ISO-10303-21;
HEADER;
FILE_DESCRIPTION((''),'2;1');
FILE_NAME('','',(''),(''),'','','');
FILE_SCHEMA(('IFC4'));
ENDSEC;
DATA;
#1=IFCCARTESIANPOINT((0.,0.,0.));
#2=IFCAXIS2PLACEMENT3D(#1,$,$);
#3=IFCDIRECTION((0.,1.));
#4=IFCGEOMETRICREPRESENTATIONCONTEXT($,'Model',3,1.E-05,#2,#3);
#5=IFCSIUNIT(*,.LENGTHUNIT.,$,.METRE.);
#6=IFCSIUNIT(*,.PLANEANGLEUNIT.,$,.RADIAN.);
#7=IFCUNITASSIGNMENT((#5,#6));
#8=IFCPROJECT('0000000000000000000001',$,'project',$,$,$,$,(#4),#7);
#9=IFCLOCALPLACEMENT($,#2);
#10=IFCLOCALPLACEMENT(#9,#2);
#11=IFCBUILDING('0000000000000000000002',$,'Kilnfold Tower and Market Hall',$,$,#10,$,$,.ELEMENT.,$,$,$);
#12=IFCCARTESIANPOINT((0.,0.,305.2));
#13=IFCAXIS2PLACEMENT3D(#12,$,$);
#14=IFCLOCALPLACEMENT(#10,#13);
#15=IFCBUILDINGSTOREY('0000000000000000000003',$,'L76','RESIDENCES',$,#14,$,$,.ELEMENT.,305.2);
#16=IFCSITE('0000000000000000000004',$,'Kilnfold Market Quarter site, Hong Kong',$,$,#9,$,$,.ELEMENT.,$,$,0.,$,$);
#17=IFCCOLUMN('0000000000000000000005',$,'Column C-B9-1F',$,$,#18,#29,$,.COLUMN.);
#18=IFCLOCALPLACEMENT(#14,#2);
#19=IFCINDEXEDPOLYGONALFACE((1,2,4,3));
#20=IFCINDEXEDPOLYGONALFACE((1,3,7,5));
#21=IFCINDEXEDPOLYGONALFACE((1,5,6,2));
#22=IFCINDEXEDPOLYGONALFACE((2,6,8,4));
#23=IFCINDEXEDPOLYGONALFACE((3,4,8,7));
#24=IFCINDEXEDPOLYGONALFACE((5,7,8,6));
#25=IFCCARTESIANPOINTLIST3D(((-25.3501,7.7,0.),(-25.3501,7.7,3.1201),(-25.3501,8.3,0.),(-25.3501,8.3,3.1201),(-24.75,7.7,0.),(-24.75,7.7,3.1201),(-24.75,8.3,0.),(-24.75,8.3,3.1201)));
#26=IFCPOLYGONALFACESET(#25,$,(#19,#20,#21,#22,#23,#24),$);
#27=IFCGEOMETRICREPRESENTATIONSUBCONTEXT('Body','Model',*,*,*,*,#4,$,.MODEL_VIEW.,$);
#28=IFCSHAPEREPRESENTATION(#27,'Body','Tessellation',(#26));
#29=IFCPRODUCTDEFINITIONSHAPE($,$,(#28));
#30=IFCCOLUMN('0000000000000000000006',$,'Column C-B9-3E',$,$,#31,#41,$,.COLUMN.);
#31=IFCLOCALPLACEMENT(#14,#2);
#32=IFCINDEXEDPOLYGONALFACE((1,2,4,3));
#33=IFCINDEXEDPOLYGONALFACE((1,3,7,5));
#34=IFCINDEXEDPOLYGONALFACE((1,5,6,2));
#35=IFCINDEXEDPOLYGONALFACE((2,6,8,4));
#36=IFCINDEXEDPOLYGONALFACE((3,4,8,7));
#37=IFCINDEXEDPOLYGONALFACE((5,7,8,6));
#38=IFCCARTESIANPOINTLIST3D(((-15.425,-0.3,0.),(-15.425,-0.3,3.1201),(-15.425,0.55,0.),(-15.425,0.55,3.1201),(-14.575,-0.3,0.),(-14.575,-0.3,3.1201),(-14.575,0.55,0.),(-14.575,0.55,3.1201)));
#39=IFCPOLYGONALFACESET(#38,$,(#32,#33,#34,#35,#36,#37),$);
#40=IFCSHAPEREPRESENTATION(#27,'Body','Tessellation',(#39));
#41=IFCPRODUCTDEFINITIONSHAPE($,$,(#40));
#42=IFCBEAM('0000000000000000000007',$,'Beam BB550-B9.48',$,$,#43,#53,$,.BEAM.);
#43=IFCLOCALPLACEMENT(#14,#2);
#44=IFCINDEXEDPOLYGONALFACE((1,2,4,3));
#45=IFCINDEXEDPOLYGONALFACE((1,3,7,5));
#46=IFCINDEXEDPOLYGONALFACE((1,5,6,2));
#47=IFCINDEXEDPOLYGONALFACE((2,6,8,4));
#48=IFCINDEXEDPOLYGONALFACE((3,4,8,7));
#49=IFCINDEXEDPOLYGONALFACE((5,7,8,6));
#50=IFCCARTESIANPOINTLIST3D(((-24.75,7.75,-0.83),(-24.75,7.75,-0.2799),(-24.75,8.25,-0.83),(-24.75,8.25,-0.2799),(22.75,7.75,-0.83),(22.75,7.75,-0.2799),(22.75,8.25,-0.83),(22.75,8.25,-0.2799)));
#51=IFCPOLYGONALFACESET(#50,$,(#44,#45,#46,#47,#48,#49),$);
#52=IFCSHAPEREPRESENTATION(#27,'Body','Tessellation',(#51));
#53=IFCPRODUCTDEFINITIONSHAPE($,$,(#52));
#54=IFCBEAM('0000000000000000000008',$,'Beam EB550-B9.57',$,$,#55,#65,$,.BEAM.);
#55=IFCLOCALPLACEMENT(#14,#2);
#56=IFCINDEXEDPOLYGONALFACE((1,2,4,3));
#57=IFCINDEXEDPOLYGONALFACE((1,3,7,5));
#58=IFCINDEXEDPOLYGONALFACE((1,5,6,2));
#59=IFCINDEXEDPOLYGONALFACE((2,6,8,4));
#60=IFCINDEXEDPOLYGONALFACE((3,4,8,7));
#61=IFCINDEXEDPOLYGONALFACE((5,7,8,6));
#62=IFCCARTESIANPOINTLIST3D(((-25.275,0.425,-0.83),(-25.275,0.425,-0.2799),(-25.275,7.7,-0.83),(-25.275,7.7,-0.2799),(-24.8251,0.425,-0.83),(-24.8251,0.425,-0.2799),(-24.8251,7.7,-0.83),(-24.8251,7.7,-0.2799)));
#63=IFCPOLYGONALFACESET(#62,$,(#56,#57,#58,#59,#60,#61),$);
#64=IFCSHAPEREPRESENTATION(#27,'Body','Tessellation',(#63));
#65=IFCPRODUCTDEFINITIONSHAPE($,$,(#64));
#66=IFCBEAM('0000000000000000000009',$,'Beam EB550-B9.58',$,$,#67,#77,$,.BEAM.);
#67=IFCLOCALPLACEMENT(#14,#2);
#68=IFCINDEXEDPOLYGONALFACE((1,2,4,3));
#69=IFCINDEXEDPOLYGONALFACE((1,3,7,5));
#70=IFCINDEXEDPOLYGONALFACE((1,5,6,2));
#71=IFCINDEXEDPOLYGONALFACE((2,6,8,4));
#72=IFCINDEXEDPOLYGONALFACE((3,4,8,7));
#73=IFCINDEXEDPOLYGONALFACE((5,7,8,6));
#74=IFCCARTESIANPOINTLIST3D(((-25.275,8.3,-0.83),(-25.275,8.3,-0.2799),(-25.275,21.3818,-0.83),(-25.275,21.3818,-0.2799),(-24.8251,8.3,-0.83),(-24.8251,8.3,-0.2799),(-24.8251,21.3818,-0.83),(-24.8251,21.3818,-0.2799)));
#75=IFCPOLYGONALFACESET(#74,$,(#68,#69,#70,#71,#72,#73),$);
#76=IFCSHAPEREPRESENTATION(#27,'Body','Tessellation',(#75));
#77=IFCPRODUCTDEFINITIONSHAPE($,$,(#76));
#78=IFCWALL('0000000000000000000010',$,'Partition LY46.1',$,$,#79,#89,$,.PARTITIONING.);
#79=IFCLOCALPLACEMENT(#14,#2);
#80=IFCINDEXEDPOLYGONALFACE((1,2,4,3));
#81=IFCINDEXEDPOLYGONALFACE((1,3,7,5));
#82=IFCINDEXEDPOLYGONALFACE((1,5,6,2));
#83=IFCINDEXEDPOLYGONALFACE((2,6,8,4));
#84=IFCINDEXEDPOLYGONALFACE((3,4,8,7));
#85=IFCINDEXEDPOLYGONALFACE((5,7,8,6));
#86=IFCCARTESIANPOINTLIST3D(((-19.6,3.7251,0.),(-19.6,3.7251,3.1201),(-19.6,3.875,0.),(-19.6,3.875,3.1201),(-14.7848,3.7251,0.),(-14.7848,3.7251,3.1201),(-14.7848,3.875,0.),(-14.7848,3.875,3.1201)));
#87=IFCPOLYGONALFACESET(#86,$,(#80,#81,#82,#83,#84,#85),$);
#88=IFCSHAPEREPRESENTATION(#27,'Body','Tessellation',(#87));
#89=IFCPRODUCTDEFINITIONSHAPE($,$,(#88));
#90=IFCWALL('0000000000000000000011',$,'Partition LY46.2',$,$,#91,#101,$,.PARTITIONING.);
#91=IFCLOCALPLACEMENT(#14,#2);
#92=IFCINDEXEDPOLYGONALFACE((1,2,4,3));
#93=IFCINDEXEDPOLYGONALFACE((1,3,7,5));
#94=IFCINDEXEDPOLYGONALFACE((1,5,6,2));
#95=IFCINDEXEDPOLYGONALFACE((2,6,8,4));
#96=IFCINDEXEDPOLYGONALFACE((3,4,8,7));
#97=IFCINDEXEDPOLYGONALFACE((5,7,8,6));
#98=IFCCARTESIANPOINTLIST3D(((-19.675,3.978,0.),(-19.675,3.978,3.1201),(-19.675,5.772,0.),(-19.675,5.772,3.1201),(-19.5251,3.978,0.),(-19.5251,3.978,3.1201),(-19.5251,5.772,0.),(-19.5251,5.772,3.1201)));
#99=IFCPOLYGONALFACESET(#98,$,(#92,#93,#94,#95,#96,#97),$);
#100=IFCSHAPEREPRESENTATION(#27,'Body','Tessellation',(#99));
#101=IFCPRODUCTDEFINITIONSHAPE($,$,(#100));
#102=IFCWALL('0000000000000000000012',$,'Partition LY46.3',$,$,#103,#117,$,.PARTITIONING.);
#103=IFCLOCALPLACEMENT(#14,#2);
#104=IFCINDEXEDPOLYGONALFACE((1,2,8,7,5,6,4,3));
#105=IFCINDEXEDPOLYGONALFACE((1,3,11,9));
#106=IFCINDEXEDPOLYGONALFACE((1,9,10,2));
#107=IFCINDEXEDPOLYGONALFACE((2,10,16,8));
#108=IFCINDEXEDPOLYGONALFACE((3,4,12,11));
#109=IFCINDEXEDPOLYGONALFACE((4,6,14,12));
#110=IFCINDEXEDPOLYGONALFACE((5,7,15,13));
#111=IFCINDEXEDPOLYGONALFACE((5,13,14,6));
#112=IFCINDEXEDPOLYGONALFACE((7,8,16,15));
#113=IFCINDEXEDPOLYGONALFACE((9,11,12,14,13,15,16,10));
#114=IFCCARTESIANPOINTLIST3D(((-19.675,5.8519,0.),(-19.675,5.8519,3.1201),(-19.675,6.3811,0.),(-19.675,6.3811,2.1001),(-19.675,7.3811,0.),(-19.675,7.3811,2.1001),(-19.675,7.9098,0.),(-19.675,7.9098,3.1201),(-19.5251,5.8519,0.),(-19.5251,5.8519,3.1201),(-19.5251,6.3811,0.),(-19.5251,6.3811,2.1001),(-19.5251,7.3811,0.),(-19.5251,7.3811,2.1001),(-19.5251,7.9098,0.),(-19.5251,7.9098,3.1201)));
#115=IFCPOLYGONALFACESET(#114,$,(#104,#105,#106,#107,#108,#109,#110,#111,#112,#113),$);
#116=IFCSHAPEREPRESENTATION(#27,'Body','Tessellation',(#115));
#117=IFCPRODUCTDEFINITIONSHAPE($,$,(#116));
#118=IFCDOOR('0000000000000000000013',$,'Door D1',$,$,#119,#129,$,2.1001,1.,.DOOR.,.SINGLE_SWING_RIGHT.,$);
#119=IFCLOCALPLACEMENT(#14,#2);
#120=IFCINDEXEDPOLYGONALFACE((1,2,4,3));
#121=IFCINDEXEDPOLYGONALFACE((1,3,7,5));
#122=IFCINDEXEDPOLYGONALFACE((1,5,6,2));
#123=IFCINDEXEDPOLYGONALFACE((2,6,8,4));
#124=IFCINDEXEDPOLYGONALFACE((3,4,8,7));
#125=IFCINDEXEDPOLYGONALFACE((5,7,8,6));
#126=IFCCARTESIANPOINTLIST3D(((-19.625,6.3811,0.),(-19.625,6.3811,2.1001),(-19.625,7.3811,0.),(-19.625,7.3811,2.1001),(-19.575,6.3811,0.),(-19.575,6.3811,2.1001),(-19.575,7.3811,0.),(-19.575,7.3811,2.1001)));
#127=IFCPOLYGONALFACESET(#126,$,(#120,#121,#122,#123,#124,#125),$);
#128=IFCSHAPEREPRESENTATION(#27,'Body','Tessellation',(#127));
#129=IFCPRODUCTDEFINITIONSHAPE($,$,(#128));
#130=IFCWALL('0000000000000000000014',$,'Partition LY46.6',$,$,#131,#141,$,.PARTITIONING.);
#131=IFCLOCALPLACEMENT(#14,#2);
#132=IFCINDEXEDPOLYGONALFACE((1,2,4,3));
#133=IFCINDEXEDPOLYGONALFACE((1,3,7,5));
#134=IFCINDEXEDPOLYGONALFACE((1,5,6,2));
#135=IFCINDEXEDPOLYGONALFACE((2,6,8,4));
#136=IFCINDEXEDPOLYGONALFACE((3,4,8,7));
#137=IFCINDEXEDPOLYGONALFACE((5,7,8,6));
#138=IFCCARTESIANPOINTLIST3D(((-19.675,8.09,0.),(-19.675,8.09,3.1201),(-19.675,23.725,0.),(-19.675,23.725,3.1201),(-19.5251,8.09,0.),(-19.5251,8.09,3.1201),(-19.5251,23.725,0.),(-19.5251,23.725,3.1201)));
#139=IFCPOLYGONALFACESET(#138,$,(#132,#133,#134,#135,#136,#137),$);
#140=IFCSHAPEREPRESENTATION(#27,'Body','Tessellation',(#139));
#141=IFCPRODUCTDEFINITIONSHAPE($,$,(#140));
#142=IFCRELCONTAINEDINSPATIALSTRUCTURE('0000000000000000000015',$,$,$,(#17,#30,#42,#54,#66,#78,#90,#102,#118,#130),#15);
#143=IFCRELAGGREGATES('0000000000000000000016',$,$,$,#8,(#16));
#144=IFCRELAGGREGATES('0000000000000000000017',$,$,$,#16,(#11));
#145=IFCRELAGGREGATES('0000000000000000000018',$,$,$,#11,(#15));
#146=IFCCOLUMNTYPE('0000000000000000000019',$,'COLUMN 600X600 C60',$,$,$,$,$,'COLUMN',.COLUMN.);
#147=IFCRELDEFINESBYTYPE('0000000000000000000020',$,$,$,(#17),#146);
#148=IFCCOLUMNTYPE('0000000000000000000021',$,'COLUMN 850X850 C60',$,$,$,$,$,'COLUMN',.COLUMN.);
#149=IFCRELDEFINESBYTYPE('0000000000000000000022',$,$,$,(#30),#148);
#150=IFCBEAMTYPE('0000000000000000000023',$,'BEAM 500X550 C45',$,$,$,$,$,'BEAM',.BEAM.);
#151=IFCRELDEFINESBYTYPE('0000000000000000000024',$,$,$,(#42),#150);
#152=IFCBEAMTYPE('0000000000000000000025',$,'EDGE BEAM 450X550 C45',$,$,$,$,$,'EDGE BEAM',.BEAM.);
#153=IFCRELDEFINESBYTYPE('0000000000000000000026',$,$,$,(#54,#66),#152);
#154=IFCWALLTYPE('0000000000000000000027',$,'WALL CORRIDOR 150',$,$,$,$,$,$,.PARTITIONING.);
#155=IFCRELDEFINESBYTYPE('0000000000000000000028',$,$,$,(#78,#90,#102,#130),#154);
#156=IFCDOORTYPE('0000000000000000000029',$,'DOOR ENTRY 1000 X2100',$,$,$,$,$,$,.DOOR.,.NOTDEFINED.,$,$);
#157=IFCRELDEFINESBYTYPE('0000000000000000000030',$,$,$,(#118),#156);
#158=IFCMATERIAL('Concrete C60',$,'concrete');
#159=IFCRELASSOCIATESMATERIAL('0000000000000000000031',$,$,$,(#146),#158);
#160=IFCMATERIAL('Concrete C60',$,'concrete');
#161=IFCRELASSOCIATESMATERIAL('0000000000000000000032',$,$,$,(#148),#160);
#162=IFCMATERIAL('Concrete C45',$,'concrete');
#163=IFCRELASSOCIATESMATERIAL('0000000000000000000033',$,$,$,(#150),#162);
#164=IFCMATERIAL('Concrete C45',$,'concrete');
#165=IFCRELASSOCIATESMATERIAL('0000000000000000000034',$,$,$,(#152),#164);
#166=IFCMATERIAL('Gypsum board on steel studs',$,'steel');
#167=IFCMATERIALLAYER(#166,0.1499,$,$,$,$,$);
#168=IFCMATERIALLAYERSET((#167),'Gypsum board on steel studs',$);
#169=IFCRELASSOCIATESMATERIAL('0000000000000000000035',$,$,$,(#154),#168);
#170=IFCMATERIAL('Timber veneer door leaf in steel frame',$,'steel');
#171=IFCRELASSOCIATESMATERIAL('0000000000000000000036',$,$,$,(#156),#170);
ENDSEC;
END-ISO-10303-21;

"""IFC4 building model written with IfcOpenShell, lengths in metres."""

from ifc_helpers import new_model, si_unit, direction, frame, frame_2d, origin, origin_2d, place, context, subcontext, project, spatial, rectangle, extrude, source, transform, mapped, material, layer, layer_set, material_profile, profile_set, type_object, element, fill, save


model = new_model("IFC4")

# Units and contexts
model_context = context("Model", 3, precision=1e-05, world=origin(), true_north=direction((0.0, 1.0)))
body_context = subcontext(model_context, "Body", "Model", "MODEL_VIEW")
ifc_project = project(units=[si_unit("LENGTHUNIT", "METRE"), si_unit("PLANEANGLEUNIT", "RADIAN")], contexts=[model_context])

# Site, building, storey
site_placement = place(None, origin())
site = spatial("IfcSite", under=ifc_project, at=site_placement, Name="Kilnfold Market Quarter site, Hong Kong", CompositionType="ELEMENT", RefElevation=0.0)
building_placement = place(site_placement, origin())
building = spatial("IfcBuilding", under=site, at=building_placement, Name="Kilnfold Tower and Market Hall", CompositionType="ELEMENT")
storey_placement = place(building_placement, frame((0.0, 0.0, 305.2)))
storey = spatial("IfcBuildingStorey", under=building, at=storey_placement, Name="L76", Description="RESIDENCES", CompositionType="ELEMENT", Elevation=305.2)

# Columns
ifc_material_1 = material(Name="Concrete C60", Category="concrete")
ifc_material_profile_1 = material_profile(ifc_material_1, rectangle(XDim=0.6001, YDim=0.6001, at=origin_2d()), Name="RC 600x600")
ifc_profile_set_1 = profile_set([ifc_material_profile_1], Name="Concrete C60")
column_type_1 = type_object("IfcColumnType", Name="COLUMN 600X600 C60", ElementType="COLUMN", PredefinedType="COLUMN", material=ifc_profile_set_1)
shared_shape_1 = source(origin(), body_context, "Body", "SweptSolid", [
    extrude(rectangle(XDim=0.6001, YDim=0.6001, at=origin_2d()), origin(), (0.0, 0.0, 1.0), 3.1201),
])
column_1_placement = place(storey_placement, frame((-25.05, 8.0, 0.0), z_axis=(0.0, 0.0, 1.0), x_axis=(1.0, 0.0, 0.0)))
element("IfcColumn", 1, at=column_1_placement, inside=storey, type_object=column_type_1, Name="Column C-B9-1F", PredefinedType="COLUMN", context=body_context, shape_type="MappedRepresentation", body=[
    mapped(shared_shape_1, transform((0.0, 0.0, 0.0))),
])
ifc_material_2 = material(Name="Concrete C60", Category="concrete")
ifc_material_profile_2 = material_profile(ifc_material_2, rectangle(XDim=0.8501, YDim=0.8501, at=origin_2d()), Name="RC 850x850")
ifc_profile_set_2 = profile_set([ifc_material_profile_2], Name="Concrete C60")
column_type_2 = type_object("IfcColumnType", Name="COLUMN 850X850 C60", ElementType="COLUMN", PredefinedType="COLUMN", material=ifc_profile_set_2)
shared_shape_2 = source(origin(), body_context, "Body", "SweptSolid", [
    extrude(rectangle(XDim=0.8501, YDim=0.8501, at=origin_2d()), origin(), (0.0, 0.0, 1.0), 3.1201),
])
column_2_placement = place(storey_placement, frame((-15.0, 0.125, 0.0), z_axis=(0.0, 0.0, 1.0), x_axis=(1.0, 0.0, 0.0)))
element("IfcColumn", 2, at=column_2_placement, inside=storey, type_object=column_type_2, Name="Column C-B9-3E", PredefinedType="COLUMN", context=body_context, shape_type="MappedRepresentation", body=[
    mapped(shared_shape_2, transform((0.0, 0.0, 0.0))),
])

# Beams
ifc_material_3 = material(Name="Concrete C45", Category="concrete")
ifc_material_profile_3 = material_profile(ifc_material_3, rectangle(XDim=0.5, YDim=0.55, at=origin_2d()), Name="RC 500x550")
ifc_profile_set_3 = profile_set([ifc_material_profile_3], Name="Concrete C45")
beam_type_1 = type_object("IfcBeamType", Name="BEAM 500X550 C45", ElementType="BEAM", PredefinedType="BEAM", material=ifc_profile_set_3)
shared_shape_3 = source(origin(), body_context, "Body", "SweptSolid", [
    extrude(rectangle(XDim=0.5, YDim=0.55, at=origin_2d()), origin(), (0.0, 0.0, 1.0), 47.5),
])
beam_1_placement = place(storey_placement, frame((-24.75, 8.0, -0.5549), z_axis=(1.0, 0.0, 0.0), x_axis=(0.0, 1.0, 0.0)))
element("IfcBeam", 3, at=beam_1_placement, inside=storey, type_object=beam_type_1, Name="Beam BB550-B9.48", PredefinedType="BEAM", context=body_context, shape_type="MappedRepresentation", body=[
    mapped(shared_shape_3, transform((0.0, 0.0, 0.0))),
])
ifc_material_4 = material(Name="Concrete C45", Category="concrete")
ifc_material_profile_4 = material_profile(ifc_material_4, rectangle(XDim=0.45, YDim=0.55, at=origin_2d()), Name="RC 450x550")
ifc_profile_set_4 = profile_set([ifc_material_profile_4], Name="Concrete C45")
beam_type_2 = type_object("IfcBeamType", Name="EDGE BEAM 450X550 C45", ElementType="EDGE BEAM", PredefinedType="BEAM", material=ifc_profile_set_4)
shared_shape_4 = source(origin(), body_context, "Body", "SweptSolid", [
    extrude(rectangle(XDim=0.45, YDim=0.55, at=origin_2d()), origin(), (0.0, 0.0, 1.0), 7.2749),
])
beam_2_placement = place(storey_placement, frame((-25.05, 0.425, -0.5549), z_axis=(0.0, 1.0, 0.0), x_axis=(-1.0, 0.0, 0.0)))
element("IfcBeam", 4, at=beam_2_placement, inside=storey, type_object=beam_type_2, Name="Beam EB550-B9.57", PredefinedType="BEAM", context=body_context, shape_type="MappedRepresentation", body=[
    mapped(shared_shape_4, transform((0.0, 0.0, 0.0))),
])
shared_shape_5 = source(origin(), body_context, "Body", "SweptSolid", [
    extrude(rectangle(XDim=0.45, YDim=0.55, at=origin_2d()), origin(), (0.0, 0.0, 1.0), 13.0818),
])
beam_3_placement = place(storey_placement, frame((-25.05, 8.3, -0.5549), z_axis=(0.0, 1.0, 0.0), x_axis=(-1.0, 0.0, 0.0)))
element("IfcBeam", 5, at=beam_3_placement, inside=storey, type_object=beam_type_2, Name="Beam EB550-B9.58", PredefinedType="BEAM", context=body_context, shape_type="MappedRepresentation", body=[
    mapped(shared_shape_5, transform((0.0, 0.0, 0.0))),
])

# Walls
ifc_material_5 = material(Name="Gypsum board on steel studs", Category="steel")
ifc_layer_1 = layer(ifc_material_5, 0.1499)
ifc_layer_set_1 = layer_set([ifc_layer_1], Name="Gypsum board on steel studs")
wall_type_1 = type_object("IfcWallType", Name="WALL CORRIDOR 150", PredefinedType="PARTITIONING", material=ifc_layer_set_1)
wall_1_placement = place(storey_placement, frame((-19.6001, 3.8, 0.0), z_axis=(0.0, 0.0, 1.0), x_axis=(1.0, 0.0, 0.0)))
element("IfcWall", 6, at=wall_1_placement, inside=storey, type_object=wall_type_1, Name="Partition LY46.1", PredefinedType="PARTITIONING", context=body_context, shape_type="SweptSolid", body=[
    extrude(rectangle(XDim=4.8152, YDim=0.1499, at=frame_2d((2.4077, 0.0))), origin(), (0.0, 0.0, 1.0), 3.1201),
])
wall_2_placement = place(storey_placement, frame((-19.6001, 3.978, 0.0), z_axis=(0.0, 0.0, 1.0), x_axis=(0.0, 1.0, 0.0)))
element("IfcWall", 7, at=wall_2_placement, inside=storey, type_object=wall_type_1, Name="Partition LY46.2", PredefinedType="PARTITIONING", context=body_context, shape_type="SweptSolid", body=[
    extrude(rectangle(XDim=1.7939, YDim=0.1499, at=frame_2d((0.897, 0.0))), origin(), (0.0, 0.0, 1.0), 3.1201),
])

# Wall, opening, door
wall_3_placement = place(storey_placement, frame((-19.6001, 5.8521, 0.0), z_axis=(0.0, 0.0, 1.0), x_axis=(0.0, 1.0, 0.0)))
wall_3 = element("IfcWall", 8, at=wall_3_placement, inside=storey, type_object=wall_type_1, Name="Partition LY46.3", PredefinedType="PARTITIONING", context=body_context, shape_type="SweptSolid", body=[
    extrude(rectangle(XDim=2.0579, YDim=0.1499, at=frame_2d((1.0288, 0.0))), origin(), (0.0, 0.0, 1.0), 3.1201),
])
opening_1_placement = place(wall_3_placement, frame((0.5291, 0.0, 0.0)))
opening_1 = element("IfcOpeningElement", 9, at=opening_1_placement, cuts=wall_3, PredefinedType="OPENING", context=body_context, shape_type="SweptSolid", body=[
    extrude(rectangle(XDim=1.0, YDim=2.1001, at=frame_2d((0.5, 1.05))), frame((0.0, 0.085, 0.0), z_axis=(0.0, -1.0, 0.0), x_axis=(1.0, 0.0, 0.0)), (0.0, 0.0, 1.0), 0.1699),
])
ifc_material_6 = material(Name="Timber veneer door leaf in steel frame", Category="steel")
door_type_1 = type_object("IfcDoorType", Name="DOOR ENTRY 1000 X2100", OperationType="NOTDEFINED", PredefinedType="DOOR", material=ifc_material_6)
door_1_placement = place(opening_1_placement, origin())
door_1 = element("IfcDoor", 10, at=door_1_placement, inside=storey, type_object=door_type_1, Name="Door D1", OperationType="SINGLE_SWING_RIGHT", OverallHeight=2.1001, OverallWidth=1.0, PredefinedType="DOOR", context=body_context, shape_type="SweptSolid", body=[
    extrude(rectangle(XDim=1.0, YDim=2.1001, at=frame_2d((0.5, 1.05))), frame((0.0, 0.0249, 0.0), z_axis=(0.0, -1.0, 0.0), x_axis=(1.0, 0.0, 0.0)), (0.0, 0.0, 1.0), 0.05),
])
fill(opening_1, door_1)

# Wall
wall_4_placement = place(storey_placement, frame((-19.6001, 8.0901, 0.0), z_axis=(0.0, 0.0, 1.0), x_axis=(0.0, 1.0, 0.0)))
element("IfcWall", 11, at=wall_4_placement, inside=storey, type_object=wall_type_1, Name="Partition LY46.6", PredefinedType="PARTITIONING", context=body_context, shape_type="SweptSolid", body=[
    extrude(rectangle(XDim=15.635, YDim=0.1499, at=frame_2d((7.8174, 0.0))), origin(), (0.0, 0.0, 1.0), 3.1201),
])

save(model, "model.ifc")
